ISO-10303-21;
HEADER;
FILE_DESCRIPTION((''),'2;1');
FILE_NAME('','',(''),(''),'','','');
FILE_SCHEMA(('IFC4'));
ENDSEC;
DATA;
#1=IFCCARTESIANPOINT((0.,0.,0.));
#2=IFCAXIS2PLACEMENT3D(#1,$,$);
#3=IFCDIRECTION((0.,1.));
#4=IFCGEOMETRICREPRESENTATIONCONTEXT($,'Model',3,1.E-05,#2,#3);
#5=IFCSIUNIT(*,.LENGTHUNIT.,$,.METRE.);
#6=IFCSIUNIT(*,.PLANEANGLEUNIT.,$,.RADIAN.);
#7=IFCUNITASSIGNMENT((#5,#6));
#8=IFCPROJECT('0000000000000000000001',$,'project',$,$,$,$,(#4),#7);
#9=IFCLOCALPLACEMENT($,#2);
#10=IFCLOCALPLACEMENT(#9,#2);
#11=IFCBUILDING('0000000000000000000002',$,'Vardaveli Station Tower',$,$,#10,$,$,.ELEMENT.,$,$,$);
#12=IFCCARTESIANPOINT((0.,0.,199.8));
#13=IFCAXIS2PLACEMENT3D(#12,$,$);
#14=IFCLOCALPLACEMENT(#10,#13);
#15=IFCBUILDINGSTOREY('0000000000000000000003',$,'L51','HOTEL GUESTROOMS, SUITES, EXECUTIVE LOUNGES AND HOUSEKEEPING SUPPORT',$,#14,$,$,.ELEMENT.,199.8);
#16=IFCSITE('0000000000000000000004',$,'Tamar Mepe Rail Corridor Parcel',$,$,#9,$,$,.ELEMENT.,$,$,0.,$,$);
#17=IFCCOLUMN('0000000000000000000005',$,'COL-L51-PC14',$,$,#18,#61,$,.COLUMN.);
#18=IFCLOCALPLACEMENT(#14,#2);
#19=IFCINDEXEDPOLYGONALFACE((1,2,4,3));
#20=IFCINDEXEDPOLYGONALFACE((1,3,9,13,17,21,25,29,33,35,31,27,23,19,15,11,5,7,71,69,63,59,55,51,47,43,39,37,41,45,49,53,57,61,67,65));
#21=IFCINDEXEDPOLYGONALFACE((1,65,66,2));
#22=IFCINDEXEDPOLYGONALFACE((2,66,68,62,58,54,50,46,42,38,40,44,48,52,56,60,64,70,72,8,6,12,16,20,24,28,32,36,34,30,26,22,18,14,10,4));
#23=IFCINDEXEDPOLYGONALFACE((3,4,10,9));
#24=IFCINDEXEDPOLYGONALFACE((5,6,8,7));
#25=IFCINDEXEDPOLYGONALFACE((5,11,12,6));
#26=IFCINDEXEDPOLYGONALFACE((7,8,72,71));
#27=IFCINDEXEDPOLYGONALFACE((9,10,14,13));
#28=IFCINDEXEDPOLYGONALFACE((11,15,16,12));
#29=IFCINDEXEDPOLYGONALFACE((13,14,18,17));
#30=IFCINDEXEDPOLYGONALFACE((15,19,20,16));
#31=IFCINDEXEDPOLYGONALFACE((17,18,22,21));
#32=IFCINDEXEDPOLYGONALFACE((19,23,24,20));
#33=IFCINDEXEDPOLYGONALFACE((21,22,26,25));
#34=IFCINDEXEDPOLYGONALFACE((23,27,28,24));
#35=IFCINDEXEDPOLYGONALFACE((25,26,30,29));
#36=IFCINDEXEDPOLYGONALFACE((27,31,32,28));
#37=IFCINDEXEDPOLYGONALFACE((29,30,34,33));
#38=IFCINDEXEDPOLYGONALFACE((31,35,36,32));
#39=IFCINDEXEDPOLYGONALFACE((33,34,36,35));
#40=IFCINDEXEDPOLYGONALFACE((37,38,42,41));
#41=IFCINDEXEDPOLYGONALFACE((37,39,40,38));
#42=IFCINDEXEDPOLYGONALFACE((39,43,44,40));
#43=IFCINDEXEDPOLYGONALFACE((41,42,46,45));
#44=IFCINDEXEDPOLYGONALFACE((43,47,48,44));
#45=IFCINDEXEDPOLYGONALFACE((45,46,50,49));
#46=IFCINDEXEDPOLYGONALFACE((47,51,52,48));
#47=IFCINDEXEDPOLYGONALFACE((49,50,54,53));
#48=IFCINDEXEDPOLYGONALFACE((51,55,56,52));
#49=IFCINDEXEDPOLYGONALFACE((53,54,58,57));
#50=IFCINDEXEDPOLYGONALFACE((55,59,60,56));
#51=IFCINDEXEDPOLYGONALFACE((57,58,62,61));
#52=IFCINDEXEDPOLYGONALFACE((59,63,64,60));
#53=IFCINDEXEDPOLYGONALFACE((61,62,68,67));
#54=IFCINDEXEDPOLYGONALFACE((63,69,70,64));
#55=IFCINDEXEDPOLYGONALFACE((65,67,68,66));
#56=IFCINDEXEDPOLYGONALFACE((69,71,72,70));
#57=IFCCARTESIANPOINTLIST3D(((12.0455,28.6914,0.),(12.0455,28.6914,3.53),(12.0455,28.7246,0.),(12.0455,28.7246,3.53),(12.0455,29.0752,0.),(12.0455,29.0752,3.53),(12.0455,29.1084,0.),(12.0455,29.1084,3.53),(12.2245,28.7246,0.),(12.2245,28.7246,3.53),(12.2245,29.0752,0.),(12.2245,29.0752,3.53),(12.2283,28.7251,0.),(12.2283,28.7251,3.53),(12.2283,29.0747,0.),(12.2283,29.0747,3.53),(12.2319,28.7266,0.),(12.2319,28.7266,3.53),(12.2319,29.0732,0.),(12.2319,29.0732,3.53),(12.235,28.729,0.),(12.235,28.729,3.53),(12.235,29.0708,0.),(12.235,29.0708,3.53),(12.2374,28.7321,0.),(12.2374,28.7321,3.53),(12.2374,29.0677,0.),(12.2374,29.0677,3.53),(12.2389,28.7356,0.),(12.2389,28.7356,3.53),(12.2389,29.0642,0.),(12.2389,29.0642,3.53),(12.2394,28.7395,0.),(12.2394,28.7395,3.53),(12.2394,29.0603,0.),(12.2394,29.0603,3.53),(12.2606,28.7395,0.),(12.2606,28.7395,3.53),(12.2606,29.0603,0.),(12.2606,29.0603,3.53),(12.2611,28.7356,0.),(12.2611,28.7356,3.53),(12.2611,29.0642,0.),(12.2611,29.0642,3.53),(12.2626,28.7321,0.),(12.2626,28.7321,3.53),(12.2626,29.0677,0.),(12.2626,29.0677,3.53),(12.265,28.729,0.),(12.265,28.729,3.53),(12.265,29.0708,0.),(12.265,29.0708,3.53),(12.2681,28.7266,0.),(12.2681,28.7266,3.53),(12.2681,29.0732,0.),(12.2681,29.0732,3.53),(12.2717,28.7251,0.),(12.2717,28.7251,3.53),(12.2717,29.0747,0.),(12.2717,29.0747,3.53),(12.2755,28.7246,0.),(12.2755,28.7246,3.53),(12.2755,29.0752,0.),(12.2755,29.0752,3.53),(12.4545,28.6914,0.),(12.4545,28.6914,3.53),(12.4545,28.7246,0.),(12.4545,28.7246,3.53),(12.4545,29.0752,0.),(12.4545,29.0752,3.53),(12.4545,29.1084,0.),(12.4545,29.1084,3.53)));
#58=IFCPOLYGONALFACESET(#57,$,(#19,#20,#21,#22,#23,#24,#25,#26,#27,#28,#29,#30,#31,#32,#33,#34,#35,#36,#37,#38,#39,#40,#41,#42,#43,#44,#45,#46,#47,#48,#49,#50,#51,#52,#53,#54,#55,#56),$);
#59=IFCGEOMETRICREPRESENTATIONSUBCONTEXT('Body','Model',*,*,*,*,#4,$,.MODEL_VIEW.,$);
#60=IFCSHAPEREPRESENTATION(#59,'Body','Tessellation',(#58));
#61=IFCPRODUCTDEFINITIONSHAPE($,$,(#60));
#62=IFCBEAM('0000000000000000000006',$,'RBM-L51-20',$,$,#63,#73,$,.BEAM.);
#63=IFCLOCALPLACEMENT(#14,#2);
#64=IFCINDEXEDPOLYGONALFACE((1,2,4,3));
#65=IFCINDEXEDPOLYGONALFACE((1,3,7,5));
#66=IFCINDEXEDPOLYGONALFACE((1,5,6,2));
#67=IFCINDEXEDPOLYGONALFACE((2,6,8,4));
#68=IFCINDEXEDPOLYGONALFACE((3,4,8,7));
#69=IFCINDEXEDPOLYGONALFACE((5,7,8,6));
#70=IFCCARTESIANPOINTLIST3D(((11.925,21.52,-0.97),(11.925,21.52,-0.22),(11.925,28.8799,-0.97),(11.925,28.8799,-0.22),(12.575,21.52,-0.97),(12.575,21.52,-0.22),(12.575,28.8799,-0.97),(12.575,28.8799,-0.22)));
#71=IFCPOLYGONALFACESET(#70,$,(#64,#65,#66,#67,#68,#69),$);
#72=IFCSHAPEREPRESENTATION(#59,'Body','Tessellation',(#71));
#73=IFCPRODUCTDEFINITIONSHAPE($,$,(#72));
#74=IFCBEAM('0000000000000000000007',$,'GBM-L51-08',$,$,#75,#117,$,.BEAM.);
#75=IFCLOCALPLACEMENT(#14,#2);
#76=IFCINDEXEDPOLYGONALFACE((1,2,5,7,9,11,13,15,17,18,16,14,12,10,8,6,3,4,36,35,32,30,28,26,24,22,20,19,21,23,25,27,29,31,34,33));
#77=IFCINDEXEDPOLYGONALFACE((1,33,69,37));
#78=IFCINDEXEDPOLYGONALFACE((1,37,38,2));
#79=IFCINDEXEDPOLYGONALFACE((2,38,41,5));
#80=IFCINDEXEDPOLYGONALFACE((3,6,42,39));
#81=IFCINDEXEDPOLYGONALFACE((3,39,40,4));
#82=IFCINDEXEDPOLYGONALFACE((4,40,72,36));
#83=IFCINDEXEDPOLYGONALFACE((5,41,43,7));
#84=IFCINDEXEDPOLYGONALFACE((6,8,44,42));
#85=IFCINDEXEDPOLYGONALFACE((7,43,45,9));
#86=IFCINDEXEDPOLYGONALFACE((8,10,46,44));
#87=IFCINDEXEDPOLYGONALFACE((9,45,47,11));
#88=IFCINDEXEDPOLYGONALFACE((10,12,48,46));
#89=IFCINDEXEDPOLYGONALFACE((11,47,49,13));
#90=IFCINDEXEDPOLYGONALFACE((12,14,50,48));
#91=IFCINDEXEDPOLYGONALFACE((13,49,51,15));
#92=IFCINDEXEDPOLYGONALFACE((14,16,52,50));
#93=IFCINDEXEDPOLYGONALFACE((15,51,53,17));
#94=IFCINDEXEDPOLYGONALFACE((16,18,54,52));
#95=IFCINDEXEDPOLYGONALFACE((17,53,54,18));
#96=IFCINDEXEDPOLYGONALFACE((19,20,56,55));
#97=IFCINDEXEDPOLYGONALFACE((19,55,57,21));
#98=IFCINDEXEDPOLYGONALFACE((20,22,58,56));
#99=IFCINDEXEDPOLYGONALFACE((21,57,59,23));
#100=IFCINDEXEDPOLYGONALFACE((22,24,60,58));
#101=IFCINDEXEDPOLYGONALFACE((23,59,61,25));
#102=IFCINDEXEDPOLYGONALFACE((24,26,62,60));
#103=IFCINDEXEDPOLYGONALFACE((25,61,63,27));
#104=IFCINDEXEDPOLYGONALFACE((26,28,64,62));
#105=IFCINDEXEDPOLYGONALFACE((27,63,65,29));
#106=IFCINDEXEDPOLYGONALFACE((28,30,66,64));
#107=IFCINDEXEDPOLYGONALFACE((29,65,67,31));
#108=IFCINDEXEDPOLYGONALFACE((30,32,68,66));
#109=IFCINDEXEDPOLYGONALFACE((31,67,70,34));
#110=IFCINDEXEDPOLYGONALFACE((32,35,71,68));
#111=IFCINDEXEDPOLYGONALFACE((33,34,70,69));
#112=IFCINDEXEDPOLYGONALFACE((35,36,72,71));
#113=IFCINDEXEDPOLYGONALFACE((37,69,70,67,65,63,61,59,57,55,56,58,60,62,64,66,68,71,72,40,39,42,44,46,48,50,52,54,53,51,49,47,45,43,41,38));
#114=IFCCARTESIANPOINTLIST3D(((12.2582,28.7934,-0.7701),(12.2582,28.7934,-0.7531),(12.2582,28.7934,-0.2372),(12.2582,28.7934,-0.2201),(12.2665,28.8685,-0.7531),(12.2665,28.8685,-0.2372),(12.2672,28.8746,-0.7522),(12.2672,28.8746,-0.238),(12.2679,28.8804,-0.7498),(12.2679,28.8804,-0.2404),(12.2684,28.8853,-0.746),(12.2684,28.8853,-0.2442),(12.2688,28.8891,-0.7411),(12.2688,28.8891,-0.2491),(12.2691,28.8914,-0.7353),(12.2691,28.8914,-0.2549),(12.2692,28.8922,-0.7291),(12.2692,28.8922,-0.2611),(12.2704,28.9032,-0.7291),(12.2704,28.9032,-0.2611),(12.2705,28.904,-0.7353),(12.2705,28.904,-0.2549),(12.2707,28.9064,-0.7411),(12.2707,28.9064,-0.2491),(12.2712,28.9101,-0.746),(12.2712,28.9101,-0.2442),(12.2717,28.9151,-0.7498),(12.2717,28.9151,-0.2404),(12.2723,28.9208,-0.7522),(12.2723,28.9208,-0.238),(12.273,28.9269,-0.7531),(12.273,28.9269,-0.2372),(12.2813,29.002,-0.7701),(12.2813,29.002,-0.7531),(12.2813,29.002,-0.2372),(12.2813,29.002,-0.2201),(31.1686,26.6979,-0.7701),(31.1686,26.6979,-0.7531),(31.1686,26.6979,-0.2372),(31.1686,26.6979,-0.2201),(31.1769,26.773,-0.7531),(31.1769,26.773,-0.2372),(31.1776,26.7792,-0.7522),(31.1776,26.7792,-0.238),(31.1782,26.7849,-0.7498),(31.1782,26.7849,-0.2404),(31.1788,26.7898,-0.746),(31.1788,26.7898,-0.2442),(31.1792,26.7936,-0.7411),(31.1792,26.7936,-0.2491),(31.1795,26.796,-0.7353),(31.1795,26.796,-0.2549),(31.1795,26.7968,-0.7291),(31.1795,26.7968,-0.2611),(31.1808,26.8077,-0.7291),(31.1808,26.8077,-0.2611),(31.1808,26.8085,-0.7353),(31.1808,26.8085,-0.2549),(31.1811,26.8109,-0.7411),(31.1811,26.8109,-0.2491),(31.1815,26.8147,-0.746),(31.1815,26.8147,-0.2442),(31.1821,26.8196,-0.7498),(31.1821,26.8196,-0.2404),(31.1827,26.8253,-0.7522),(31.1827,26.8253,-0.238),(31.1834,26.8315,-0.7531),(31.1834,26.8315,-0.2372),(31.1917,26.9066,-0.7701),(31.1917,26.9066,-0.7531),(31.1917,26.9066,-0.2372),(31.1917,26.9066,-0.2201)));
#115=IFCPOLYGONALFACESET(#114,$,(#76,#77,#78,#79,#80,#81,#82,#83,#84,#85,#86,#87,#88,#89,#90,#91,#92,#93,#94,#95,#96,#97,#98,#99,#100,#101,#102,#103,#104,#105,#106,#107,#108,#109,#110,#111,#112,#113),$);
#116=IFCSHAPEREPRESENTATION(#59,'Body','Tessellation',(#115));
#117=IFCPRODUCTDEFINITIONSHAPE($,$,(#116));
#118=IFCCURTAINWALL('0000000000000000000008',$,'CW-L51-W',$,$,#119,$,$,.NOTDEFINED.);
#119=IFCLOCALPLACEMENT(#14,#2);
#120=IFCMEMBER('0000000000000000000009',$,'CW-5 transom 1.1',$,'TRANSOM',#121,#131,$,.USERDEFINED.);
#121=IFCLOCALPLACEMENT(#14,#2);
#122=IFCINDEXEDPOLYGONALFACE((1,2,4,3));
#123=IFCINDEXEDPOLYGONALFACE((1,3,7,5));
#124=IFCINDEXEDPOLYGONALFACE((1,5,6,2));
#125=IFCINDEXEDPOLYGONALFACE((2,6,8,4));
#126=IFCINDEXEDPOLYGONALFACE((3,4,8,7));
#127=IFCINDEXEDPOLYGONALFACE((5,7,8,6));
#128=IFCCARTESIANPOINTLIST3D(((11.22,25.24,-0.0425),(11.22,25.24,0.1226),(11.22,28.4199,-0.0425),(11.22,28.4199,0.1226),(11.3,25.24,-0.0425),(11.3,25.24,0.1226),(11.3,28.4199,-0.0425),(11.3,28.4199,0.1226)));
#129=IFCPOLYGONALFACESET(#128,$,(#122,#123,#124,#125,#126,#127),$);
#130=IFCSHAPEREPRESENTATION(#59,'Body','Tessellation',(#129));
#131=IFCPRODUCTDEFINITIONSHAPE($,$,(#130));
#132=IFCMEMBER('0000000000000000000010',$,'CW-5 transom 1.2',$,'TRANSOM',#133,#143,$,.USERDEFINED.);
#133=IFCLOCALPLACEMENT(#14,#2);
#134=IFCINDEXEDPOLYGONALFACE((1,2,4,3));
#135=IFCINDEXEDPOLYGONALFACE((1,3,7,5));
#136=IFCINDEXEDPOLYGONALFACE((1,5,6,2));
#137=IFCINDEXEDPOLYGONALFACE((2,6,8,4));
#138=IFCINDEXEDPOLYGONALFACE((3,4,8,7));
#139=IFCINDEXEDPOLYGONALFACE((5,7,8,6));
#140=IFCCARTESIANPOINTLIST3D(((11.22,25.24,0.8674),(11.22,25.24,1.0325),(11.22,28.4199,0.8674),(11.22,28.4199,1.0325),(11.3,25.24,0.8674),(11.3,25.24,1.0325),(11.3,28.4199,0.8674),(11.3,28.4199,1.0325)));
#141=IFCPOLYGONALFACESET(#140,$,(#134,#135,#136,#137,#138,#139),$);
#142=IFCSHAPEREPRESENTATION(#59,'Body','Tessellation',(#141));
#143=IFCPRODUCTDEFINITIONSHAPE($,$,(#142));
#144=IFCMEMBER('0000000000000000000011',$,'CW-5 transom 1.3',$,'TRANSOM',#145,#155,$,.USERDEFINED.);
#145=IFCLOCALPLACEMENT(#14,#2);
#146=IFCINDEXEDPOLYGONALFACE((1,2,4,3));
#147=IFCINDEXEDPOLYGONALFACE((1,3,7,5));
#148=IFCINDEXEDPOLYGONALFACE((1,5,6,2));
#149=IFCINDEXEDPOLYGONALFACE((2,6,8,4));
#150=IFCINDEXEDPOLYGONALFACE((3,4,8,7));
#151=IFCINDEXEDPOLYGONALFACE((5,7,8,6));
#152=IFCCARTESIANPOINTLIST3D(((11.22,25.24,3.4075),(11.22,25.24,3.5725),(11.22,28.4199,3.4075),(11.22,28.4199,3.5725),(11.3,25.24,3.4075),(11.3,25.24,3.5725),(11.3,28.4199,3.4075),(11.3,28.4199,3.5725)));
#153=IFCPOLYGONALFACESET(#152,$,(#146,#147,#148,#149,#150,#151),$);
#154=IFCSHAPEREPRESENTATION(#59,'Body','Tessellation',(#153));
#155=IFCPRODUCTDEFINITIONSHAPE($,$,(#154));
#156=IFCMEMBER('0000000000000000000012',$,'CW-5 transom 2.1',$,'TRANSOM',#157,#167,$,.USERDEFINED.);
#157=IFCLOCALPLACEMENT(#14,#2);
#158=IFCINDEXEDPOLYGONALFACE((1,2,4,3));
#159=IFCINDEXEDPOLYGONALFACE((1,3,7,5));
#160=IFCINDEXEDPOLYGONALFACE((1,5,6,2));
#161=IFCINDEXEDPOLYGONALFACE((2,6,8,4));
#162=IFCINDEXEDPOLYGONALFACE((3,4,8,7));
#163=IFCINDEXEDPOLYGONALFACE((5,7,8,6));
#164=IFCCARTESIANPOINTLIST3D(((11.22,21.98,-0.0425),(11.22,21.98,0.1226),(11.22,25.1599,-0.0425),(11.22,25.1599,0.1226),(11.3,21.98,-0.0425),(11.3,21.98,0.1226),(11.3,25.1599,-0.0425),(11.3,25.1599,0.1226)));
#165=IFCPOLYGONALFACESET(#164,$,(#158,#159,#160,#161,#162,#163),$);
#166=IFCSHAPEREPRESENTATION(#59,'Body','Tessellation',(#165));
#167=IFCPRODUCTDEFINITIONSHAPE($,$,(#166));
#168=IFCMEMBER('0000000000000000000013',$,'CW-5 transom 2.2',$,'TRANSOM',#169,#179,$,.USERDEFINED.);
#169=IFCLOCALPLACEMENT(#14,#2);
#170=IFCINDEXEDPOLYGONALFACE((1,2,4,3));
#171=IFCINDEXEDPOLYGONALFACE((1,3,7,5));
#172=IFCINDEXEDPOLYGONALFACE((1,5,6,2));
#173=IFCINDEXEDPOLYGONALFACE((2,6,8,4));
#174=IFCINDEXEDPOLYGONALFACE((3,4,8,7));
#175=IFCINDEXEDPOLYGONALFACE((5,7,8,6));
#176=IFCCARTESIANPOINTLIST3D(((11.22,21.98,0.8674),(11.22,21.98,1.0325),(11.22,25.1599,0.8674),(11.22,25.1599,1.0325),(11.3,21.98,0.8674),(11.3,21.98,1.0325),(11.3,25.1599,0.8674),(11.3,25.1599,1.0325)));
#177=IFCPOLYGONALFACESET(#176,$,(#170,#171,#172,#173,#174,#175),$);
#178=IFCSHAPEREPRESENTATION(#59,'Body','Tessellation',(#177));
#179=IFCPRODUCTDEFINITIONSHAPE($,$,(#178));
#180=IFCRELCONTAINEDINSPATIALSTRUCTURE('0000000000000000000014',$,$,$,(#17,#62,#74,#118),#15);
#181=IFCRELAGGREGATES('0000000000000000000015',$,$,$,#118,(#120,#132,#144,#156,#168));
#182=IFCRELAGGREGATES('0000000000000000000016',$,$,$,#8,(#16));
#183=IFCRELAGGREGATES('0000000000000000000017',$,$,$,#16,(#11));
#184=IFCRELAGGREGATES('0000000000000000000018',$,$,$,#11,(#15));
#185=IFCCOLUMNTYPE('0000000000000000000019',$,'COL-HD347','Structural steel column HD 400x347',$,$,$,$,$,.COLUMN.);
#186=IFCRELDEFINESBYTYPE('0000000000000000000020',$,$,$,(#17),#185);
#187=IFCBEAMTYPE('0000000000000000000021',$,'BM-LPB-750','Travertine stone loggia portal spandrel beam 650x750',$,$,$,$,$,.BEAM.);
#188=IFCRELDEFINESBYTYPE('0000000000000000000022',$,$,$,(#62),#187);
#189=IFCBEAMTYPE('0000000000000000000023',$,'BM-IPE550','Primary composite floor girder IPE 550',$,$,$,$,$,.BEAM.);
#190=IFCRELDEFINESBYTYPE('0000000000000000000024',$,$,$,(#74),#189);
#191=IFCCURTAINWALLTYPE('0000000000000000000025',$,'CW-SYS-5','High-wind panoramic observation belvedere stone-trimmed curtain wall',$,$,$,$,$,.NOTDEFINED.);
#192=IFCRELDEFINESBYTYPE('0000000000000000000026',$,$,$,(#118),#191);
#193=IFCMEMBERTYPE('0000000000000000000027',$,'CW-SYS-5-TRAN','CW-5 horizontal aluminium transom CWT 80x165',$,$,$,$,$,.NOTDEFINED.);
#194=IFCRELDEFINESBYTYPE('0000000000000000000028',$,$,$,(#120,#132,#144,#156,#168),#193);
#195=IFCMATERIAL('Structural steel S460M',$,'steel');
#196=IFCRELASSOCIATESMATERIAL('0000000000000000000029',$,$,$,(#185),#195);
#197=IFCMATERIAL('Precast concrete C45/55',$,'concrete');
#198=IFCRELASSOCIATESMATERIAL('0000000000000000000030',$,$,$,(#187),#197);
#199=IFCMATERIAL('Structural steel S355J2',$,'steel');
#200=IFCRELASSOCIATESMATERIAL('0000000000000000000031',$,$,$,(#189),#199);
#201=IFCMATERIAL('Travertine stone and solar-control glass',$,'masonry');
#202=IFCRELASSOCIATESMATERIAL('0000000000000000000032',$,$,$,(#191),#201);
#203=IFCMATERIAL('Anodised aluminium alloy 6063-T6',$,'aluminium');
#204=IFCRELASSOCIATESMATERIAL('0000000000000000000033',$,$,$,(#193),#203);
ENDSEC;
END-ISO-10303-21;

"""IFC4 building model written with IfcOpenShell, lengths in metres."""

from ifc_helpers import new_model, si_unit, direction, frame, origin, origin_2d, place, context, subcontext, project, spatial, rectangle, i_section, extrude, source, transform, mapped, material, material_profile, profile_set, type_object, element, aggregate, save


model = new_model("IFC4")

# Units and contexts
model_context = context("Model", 3, precision=1e-05, world=origin(), true_north=direction((0.0, 1.0)))
body_context = subcontext(model_context, "Body", "Model", "MODEL_VIEW")
ifc_project = project(units=[si_unit("LENGTHUNIT", "METRE"), si_unit("PLANEANGLEUNIT", "RADIAN")], contexts=[model_context])

# Site, building, storey
site_placement = place(None, origin())
site = spatial("IfcSite", under=ifc_project, at=site_placement, Name="Tamar Mepe Rail Corridor Parcel", CompositionType="ELEMENT", RefElevation=0.0)
building_placement = place(site_placement, origin())
building = spatial("IfcBuilding", under=site, at=building_placement, Name="Vardaveli Station Tower", CompositionType="ELEMENT")
storey_placement = place(building_placement, frame((0.0, 0.0, 199.8)))
storey = spatial("IfcBuildingStorey", under=building, at=storey_placement, Name="L51", Description="HOTEL GUESTROOMS, SUITES, EXECUTIVE LOUNGES AND HOUSEKEEPING SUPPORT", CompositionType="ELEMENT", Elevation=199.8)

# Column
ifc_material_1 = material(Name="Structural steel S460M", Category="steel")
ifc_material_profile_1 = material_profile(ifc_material_1, i_section(OverallWidth=0.4089, OverallDepth=0.417, WebThickness=0.0212, FlangeThickness=0.0332, FilletRadius=0.0149, at=origin_2d()), Name="HD 400x347")
ifc_profile_set_1 = profile_set([ifc_material_profile_1], Name="Structural steel S460M")
column_type = type_object("IfcColumnType", Name="COL-HD347", Description="Structural steel column HD 400x347", PredefinedType="COLUMN", material=ifc_profile_set_1)
shared_shape_1 = source(origin(), body_context, "Body", "SweptSolid", [
    extrude(i_section(OverallWidth=0.4089, OverallDepth=0.417, WebThickness=0.0212, FlangeThickness=0.0332, FilletRadius=0.0149, at=origin_2d()), origin(), (0.0, 0.0, 1.0), 3.53),
])
column_placement = place(storey_placement, frame((12.25, 28.8999, 0.0), z_axis=(0.0, 0.0, 1.0), x_axis=(1.0, 0.0, 0.0)))
element("IfcColumn", 1, at=column_placement, inside=storey, type_object=column_type, Name="COL-L51-PC14", PredefinedType="COLUMN", context=body_context, shape_type="MappedRepresentation", body=[
    mapped(shared_shape_1, transform((0.0, 0.0, 0.0), scale=1.0)),
])

# Beams
ifc_material_2 = material(Name="Precast concrete C45/55", Category="concrete")
ifc_material_profile_2 = material_profile(ifc_material_2, rectangle(XDim=0.6499, YDim=0.75, at=origin_2d()), Name="LPB 650x750")
ifc_profile_set_2 = profile_set([ifc_material_profile_2], Name="Precast concrete C45/55")
beam_type_1 = type_object("IfcBeamType", Name="BM-LPB-750", Description="Travertine stone loggia portal spandrel beam 650x750", PredefinedType="BEAM", material=ifc_profile_set_2)
shared_shape_2 = source(origin(), body_context, "Body", "SweptSolid", [
    extrude(rectangle(XDim=0.6499, YDim=0.75, at=origin_2d()), origin(), (0.0, 0.0, 1.0), 7.3599),
])
beam_1_placement = place(storey_placement, frame((12.25, 28.8799, -0.595), z_axis=(0.0, -1.0, 0.0), x_axis=(1.0, 0.0, 0.0)))
element("IfcBeam", 2, at=beam_1_placement, inside=storey, type_object=beam_type_1, Name="RBM-L51-20", PredefinedType="BEAM", context=body_context, shape_type="MappedRepresentation", body=[
    mapped(shared_shape_2, transform((0.0, 0.0, 0.0), scale=1.0)),
])
ifc_material_3 = material(Name="Structural steel S355J2", Category="steel")
ifc_material_profile_3 = material_profile(ifc_material_3, i_section(OverallWidth=0.21, OverallDepth=0.55, WebThickness=0.011, FlangeThickness=0.0171, FilletRadius=0.0239, at=origin_2d()), Name="IPE 550")
ifc_profile_set_3 = profile_set([ifc_material_profile_3], Name="Structural steel S355J2")
beam_type_2 = type_object("IfcBeamType", Name="BM-IPE550", Description="Primary composite floor girder IPE 550", PredefinedType="BEAM", material=ifc_profile_set_3)
shared_shape_3 = source(origin(), body_context, "Body", "SweptSolid", [
    extrude(i_section(OverallWidth=0.21, OverallDepth=0.55, WebThickness=0.011, FlangeThickness=0.0171, FilletRadius=0.0239, at=origin_2d()), origin(), (0.0, 0.0, 1.0), 19.0261),
])
beam_2_placement = place(storey_placement, frame((12.2698, 28.8977, -0.4951), z_axis=(0.993917, -0.110136, 0.0), x_axis=(0.110136, 0.993917, 0.0)))
element("IfcBeam", 3, at=beam_2_placement, inside=storey, type_object=beam_type_2, Name="GBM-L51-08", PredefinedType="BEAM", context=body_context, shape_type="MappedRepresentation", body=[
    mapped(shared_shape_3, transform((0.0, 0.0, 0.0), scale=1.0)),
])

# Curtain wall, members
ifc_material_4 = material(Name="Travertine stone and solar-control glass", Category="masonry")
curtain_wall_type = type_object("IfcCurtainWallType", Name="CW-SYS-5", Description="High-wind panoramic observation belvedere stone-trimmed curtain wall", PredefinedType="NOTDEFINED", material=ifc_material_4)
curtain_wall_placement = place(storey_placement, origin())
curtain_wall = element("IfcCurtainWall", 4, at=curtain_wall_placement, inside=storey, type_object=curtain_wall_type, Name="CW-L51-W", PredefinedType="NOTDEFINED")
ifc_material_5 = material(Name="Anodised aluminium alloy 6063-T6", Category="aluminium")
ifc_material_profile_4 = material_profile(ifc_material_5, rectangle(XDim=0.0801, YDim=0.165, at=origin_2d()), Name="CWT 80x165")
ifc_profile_set_4 = profile_set([ifc_material_profile_4], Name="Anodised aluminium alloy 6063-T6")
member_type_1 = type_object("IfcMemberType", Name="CW-SYS-5-TRAN", Description="CW-5 horizontal aluminium transom CWT 80x165", PredefinedType="NOTDEFINED", material=ifc_profile_set_4)
shared_shape_4 = source(origin(), body_context, "Body", "SweptSolid", [
    extrude(rectangle(XDim=0.0801, YDim=0.165, at=origin_2d()), origin(), (0.0, 0.0, 1.0), 3.1799),
])
member_1_placement = place(storey_placement, frame((11.26, 28.4199, 0.04), z_axis=(0.0, -1.0, 0.0), x_axis=(1.0, 0.0, 0.0)))
member_1 = element("IfcMember", 5, at=member_1_placement, type_object=member_type_1, Name="CW-5 transom 1.1", ObjectType="TRANSOM", PredefinedType="USERDEFINED", context=body_context, shape_type="MappedRepresentation", body=[
    mapped(shared_shape_4, transform((0.0, 0.0, 0.0), scale=1.0)),
])
member_2_placement = place(storey_placement, frame((11.26, 28.4199, 0.95), z_axis=(0.0, -1.0, 0.0), x_axis=(1.0, 0.0, 0.0)))
member_2 = element("IfcMember", 6, at=member_2_placement, type_object=member_type_1, Name="CW-5 transom 1.2", ObjectType="TRANSOM", PredefinedType="USERDEFINED", context=body_context, shape_type="MappedRepresentation", body=[
    mapped(shared_shape_4, transform((0.0, 0.0, 0.0), scale=1.0)),
])
member_3_placement = place(storey_placement, frame((11.26, 28.4199, 3.49), z_axis=(0.0, -1.0, 0.0), x_axis=(1.0, 0.0, 0.0)))
member_3 = element("IfcMember", 7, at=member_3_placement, type_object=member_type_1, Name="CW-5 transom 1.3", ObjectType="TRANSOM", PredefinedType="USERDEFINED", context=body_context, shape_type="MappedRepresentation", body=[
    mapped(shared_shape_4, transform((0.0, 0.0, 0.0), scale=1.0)),
])
member_4_placement = place(storey_placement, frame((11.26, 25.1599, 0.04), z_axis=(0.0, -1.0, 0.0), x_axis=(1.0, 0.0, 0.0)))
member_4 = element("IfcMember", 8, at=member_4_placement, type_object=member_type_1, Name="CW-5 transom 2.1", ObjectType="TRANSOM", PredefinedType="USERDEFINED", context=body_context, shape_type="MappedRepresentation", body=[
    mapped(shared_shape_4, transform((0.0, 0.0, 0.0), scale=1.0)),
])
member_5_placement = place(storey_placement, frame((11.26, 25.1599, 0.95), z_axis=(0.0, -1.0, 0.0), x_axis=(1.0, 0.0, 0.0)))
member_5 = element("IfcMember", 9, at=member_5_placement, type_object=member_type_1, Name="CW-5 transom 2.2", ObjectType="TRANSOM", PredefinedType="USERDEFINED", context=body_context, shape_type="MappedRepresentation", body=[
    mapped(shared_shape_4, transform((0.0, 0.0, 0.0), scale=1.0)),
])
aggregate(curtain_wall, [member_1, member_2, member_3, member_4, member_5])

save(model, "model.ifc")
